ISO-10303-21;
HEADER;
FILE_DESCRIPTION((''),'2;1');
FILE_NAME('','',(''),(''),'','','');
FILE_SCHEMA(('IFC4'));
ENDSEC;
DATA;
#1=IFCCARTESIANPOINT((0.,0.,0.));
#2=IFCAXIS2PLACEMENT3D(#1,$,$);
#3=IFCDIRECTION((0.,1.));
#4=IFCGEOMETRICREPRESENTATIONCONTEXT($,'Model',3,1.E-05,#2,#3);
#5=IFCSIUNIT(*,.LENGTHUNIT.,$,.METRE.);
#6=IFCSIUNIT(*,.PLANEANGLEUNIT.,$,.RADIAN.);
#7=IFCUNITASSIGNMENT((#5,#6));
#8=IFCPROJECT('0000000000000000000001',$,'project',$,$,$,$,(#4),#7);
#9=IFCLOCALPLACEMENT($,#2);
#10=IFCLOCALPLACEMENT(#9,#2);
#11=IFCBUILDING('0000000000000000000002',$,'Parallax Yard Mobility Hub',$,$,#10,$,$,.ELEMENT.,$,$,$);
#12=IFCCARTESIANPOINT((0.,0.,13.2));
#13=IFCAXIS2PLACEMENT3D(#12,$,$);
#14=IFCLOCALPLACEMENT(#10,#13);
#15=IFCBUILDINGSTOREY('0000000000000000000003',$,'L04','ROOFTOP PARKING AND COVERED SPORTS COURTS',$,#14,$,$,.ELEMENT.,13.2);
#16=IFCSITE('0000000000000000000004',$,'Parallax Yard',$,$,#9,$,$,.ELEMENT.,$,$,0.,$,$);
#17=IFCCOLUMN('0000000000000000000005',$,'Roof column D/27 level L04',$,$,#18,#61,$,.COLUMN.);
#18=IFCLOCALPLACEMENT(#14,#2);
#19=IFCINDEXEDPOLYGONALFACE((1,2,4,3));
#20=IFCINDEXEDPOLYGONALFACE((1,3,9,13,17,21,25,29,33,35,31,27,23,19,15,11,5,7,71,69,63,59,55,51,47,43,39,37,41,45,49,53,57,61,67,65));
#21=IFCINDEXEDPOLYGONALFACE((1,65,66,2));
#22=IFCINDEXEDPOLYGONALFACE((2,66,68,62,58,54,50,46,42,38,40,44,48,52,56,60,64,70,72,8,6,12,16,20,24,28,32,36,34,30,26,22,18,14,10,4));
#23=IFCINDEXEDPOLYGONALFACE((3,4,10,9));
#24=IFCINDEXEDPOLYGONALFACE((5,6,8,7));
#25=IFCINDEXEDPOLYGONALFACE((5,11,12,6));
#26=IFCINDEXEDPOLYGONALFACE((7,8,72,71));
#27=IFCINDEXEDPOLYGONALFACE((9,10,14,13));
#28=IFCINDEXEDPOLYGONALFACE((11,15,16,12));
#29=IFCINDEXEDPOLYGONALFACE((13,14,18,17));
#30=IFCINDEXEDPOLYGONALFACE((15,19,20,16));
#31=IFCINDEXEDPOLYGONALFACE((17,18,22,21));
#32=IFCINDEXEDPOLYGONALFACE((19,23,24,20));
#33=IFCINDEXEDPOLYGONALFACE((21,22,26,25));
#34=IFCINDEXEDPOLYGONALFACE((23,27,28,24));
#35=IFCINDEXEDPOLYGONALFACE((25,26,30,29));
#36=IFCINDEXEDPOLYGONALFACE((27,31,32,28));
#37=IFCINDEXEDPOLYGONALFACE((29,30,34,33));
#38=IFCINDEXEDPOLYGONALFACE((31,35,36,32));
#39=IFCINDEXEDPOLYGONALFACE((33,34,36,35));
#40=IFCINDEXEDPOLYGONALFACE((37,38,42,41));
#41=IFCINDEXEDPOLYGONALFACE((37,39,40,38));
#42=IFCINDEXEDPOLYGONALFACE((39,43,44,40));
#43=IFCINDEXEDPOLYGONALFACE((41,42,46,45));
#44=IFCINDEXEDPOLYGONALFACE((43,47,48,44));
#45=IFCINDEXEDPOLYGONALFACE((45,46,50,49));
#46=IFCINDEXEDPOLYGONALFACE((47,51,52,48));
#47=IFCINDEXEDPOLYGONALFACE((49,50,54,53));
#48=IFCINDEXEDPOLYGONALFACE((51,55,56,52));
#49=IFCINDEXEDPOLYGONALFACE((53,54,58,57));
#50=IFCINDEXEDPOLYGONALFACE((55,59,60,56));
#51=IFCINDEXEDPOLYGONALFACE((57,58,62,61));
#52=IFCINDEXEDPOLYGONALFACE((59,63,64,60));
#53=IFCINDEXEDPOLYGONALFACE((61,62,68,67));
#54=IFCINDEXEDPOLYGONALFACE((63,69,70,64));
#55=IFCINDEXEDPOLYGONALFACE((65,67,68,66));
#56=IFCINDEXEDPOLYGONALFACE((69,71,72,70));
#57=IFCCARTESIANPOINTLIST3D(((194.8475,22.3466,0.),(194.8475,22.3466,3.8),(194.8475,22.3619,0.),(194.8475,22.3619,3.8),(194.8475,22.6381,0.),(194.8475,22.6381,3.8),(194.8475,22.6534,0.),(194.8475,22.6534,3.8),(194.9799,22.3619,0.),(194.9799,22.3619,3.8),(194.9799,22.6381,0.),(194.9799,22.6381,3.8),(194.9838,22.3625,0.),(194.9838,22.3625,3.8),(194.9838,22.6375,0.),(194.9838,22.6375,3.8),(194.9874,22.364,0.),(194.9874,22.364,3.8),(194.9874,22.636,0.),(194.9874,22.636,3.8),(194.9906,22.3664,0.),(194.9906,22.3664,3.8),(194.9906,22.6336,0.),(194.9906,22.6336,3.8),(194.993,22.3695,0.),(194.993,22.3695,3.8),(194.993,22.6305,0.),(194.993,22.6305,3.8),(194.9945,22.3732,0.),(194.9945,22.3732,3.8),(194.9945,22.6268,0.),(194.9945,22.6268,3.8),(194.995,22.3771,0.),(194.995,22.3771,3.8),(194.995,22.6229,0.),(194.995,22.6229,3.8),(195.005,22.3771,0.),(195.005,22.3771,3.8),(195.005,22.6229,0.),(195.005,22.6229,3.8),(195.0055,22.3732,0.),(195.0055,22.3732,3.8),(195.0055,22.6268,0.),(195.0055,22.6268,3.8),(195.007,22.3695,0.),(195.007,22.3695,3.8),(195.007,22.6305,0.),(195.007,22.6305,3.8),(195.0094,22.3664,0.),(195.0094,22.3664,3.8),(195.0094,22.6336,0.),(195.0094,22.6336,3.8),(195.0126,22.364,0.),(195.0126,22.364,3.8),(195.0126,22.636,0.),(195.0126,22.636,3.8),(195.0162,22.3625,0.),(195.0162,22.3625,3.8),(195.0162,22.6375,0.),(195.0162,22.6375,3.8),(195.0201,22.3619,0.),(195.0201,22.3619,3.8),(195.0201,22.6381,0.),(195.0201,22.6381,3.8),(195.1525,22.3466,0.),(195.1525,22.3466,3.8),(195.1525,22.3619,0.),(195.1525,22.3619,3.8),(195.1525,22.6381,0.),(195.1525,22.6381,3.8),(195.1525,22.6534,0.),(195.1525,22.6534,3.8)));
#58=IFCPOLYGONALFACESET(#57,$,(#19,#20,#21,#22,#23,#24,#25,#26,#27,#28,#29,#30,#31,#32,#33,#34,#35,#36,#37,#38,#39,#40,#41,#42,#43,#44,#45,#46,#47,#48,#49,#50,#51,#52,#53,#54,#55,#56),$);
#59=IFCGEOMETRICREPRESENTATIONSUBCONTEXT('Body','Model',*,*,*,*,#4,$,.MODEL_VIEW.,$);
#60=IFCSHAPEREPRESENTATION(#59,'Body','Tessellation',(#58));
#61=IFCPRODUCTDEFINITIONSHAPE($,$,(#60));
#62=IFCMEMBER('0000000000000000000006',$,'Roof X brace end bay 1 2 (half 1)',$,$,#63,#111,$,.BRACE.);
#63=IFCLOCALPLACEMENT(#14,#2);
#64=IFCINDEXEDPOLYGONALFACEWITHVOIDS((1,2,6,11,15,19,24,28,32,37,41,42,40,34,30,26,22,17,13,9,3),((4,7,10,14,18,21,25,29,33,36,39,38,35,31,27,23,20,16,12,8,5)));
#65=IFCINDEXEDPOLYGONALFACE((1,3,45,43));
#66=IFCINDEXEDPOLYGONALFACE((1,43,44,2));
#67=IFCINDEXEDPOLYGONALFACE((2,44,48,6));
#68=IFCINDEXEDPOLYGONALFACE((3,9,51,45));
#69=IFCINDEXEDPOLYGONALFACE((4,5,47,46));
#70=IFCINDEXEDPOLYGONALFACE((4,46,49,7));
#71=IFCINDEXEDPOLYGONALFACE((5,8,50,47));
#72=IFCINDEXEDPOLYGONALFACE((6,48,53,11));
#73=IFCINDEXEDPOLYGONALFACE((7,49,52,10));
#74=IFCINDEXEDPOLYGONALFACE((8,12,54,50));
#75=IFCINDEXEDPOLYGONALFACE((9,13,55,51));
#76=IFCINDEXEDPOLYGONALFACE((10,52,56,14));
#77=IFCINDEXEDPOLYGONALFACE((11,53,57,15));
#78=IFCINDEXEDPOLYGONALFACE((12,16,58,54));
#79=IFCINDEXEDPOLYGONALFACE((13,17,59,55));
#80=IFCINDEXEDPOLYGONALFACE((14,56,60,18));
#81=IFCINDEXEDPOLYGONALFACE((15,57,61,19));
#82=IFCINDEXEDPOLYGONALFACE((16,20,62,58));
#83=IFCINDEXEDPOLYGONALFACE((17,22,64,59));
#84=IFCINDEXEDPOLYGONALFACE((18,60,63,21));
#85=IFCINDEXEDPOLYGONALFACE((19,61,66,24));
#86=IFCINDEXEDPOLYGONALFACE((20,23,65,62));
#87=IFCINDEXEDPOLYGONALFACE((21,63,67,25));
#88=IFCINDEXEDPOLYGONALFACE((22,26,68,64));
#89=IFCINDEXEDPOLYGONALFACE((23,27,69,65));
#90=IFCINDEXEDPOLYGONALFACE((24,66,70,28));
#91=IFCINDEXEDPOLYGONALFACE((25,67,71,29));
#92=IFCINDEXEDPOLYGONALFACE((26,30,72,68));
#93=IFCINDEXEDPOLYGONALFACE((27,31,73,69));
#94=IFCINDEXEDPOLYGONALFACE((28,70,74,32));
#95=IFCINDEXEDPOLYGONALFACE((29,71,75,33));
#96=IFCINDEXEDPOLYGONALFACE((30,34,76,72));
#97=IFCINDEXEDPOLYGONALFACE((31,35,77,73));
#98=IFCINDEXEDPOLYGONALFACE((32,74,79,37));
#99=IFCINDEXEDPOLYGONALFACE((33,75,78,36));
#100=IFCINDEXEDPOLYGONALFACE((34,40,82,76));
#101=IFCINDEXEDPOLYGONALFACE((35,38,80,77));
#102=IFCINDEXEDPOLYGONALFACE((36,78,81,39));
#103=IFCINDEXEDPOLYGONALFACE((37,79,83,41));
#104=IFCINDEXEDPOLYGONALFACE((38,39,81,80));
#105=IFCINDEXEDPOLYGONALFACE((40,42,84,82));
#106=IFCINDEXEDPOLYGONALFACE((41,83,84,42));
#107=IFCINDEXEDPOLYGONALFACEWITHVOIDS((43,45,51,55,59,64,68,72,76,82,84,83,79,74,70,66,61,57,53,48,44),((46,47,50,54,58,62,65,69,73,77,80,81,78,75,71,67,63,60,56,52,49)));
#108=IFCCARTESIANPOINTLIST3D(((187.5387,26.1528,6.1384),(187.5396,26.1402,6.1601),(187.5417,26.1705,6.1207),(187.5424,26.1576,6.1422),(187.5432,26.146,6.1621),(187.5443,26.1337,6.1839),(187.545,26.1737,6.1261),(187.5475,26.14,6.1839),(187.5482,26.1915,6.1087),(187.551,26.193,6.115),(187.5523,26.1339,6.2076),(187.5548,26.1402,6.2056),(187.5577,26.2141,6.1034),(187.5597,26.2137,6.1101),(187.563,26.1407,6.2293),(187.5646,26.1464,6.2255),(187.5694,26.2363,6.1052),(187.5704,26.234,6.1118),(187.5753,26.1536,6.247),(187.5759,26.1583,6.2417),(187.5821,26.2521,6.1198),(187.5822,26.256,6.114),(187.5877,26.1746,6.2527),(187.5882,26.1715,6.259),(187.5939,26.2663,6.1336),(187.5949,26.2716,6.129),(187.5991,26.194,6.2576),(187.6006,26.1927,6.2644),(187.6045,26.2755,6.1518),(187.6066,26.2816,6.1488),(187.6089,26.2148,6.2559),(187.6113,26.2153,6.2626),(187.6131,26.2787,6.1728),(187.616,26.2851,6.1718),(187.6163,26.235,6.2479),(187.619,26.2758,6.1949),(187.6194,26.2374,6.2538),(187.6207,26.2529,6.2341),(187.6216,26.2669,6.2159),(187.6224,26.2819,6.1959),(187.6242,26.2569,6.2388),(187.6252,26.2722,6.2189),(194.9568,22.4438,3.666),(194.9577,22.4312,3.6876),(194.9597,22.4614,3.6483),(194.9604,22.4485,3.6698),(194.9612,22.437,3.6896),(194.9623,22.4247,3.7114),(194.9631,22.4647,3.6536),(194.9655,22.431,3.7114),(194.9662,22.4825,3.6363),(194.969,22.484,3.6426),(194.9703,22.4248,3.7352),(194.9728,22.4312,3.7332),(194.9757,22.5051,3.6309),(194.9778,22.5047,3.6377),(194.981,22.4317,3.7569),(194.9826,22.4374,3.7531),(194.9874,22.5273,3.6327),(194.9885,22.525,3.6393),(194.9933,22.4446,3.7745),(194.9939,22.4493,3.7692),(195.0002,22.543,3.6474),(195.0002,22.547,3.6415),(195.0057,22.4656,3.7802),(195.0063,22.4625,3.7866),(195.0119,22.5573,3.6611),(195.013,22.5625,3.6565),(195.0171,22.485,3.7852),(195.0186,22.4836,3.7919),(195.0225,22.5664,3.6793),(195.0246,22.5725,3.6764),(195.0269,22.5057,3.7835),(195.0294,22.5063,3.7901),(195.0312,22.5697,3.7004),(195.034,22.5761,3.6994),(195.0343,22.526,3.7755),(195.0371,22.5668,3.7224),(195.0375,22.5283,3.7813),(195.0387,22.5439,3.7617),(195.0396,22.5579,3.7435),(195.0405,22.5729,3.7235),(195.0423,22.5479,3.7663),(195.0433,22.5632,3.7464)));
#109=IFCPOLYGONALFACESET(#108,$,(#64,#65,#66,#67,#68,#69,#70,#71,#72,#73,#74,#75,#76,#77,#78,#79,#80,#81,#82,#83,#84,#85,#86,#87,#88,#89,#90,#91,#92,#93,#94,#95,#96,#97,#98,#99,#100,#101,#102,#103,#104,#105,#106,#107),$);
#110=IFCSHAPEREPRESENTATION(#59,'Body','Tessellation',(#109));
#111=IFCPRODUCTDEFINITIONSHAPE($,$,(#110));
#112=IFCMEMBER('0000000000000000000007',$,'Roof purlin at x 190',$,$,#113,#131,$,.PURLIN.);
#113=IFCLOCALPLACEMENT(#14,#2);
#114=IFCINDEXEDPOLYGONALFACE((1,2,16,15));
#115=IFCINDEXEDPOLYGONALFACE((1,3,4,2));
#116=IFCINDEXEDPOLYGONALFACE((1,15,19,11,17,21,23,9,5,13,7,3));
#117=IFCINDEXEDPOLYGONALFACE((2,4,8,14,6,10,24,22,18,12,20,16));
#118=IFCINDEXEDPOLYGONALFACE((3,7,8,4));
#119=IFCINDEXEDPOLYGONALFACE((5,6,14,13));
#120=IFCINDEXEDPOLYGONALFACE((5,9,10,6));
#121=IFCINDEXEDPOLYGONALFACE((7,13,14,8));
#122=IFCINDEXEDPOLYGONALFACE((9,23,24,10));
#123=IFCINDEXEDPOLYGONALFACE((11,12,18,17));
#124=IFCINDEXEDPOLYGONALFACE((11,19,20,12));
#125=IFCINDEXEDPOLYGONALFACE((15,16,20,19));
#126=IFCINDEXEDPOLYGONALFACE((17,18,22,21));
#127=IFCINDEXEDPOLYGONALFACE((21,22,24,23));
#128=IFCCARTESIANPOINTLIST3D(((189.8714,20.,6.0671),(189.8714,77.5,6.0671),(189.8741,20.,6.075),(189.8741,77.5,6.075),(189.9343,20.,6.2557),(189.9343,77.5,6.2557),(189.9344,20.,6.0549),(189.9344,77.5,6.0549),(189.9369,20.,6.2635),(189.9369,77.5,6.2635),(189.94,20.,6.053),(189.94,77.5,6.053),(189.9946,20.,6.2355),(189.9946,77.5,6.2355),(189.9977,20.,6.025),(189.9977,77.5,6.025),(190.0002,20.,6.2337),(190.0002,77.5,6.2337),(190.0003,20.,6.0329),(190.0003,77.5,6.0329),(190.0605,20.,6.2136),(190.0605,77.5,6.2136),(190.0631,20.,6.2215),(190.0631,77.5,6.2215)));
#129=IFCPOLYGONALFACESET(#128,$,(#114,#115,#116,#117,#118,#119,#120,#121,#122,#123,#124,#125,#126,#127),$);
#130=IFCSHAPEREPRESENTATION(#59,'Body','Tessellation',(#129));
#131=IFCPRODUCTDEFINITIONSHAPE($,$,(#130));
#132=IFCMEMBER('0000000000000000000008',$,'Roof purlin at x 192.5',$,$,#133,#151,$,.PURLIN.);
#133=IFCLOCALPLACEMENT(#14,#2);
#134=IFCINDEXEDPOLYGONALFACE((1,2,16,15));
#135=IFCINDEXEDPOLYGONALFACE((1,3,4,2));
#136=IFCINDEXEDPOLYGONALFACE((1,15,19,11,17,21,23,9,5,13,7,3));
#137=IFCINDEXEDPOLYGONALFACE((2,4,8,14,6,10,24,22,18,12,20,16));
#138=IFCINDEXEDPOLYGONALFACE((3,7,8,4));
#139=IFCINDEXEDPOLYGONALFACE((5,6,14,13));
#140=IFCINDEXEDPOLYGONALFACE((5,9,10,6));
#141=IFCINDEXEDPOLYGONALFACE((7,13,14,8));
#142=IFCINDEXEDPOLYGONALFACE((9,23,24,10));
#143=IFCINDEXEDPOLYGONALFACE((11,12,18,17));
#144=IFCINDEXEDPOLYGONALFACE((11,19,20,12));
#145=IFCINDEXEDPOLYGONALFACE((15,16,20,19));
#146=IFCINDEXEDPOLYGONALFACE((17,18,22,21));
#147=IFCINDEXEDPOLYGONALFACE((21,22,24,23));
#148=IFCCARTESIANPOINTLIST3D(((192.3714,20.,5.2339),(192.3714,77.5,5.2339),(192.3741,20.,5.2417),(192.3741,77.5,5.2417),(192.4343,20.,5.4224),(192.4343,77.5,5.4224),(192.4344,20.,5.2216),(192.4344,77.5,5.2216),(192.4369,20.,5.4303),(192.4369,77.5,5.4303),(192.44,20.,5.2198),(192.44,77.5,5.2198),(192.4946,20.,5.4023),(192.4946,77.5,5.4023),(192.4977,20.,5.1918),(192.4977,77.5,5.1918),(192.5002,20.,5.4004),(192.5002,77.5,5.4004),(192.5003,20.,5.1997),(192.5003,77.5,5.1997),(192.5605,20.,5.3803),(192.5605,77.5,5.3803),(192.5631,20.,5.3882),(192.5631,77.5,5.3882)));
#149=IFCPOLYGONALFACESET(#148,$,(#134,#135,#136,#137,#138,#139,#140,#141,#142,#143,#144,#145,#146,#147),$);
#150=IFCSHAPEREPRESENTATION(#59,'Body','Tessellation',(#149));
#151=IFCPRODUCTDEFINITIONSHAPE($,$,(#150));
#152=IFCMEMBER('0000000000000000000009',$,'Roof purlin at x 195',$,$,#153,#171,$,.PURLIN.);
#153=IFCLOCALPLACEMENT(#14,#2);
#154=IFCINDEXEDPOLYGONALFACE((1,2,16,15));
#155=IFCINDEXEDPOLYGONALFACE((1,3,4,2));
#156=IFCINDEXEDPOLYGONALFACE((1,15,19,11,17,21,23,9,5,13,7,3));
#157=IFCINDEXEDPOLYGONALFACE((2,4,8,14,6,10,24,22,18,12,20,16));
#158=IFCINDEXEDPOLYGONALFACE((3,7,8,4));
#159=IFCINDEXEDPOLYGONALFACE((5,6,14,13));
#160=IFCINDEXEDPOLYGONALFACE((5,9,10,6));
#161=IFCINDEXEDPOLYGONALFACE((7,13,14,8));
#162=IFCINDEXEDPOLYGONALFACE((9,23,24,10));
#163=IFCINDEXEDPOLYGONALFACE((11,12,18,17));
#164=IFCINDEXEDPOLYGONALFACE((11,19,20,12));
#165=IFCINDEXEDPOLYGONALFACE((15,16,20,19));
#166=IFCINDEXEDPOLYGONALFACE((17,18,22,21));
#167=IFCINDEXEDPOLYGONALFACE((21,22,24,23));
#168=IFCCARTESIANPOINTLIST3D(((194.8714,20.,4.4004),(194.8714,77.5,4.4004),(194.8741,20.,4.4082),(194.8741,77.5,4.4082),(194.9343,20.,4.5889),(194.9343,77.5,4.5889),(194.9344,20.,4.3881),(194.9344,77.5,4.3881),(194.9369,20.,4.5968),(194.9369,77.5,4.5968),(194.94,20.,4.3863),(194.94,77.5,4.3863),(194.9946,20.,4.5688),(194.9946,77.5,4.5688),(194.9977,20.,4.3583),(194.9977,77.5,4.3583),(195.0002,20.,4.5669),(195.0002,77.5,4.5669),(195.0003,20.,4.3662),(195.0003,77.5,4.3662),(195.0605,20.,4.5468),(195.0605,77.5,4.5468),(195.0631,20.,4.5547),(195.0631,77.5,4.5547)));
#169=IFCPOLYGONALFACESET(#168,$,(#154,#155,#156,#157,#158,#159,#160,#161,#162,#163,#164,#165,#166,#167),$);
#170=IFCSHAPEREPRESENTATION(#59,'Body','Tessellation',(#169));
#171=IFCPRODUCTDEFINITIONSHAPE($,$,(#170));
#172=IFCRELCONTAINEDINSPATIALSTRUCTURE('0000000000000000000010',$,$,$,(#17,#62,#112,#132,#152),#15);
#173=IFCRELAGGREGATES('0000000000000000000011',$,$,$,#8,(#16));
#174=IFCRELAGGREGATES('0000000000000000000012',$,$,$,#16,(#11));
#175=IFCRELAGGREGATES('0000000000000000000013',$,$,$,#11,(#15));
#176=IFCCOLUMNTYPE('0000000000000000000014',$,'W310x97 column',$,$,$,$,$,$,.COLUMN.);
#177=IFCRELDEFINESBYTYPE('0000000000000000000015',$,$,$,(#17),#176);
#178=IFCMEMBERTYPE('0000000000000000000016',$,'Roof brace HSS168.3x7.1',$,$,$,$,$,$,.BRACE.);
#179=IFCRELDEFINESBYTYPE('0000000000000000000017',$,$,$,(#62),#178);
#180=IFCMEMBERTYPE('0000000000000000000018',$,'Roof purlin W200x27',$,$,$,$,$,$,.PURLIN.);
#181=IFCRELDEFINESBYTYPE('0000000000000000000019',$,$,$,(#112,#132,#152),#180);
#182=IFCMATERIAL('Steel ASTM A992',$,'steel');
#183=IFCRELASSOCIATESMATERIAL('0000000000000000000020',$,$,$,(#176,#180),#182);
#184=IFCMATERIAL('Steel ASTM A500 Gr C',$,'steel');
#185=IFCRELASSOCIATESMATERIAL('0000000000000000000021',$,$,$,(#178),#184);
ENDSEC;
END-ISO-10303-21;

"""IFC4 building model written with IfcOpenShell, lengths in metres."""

from ifc_helpers import new_model, si_unit, direction, frame, origin, origin_2d, place, context, subcontext, project, spatial, hollow_circle, i_section, extrude, material, material_profile, profile_set, type_object, element, save


model = new_model("IFC4")

# Units and contexts
model_context = context("Model", 3, precision=1e-05, world=origin(), true_north=direction((0.0, 1.0)))
body_context = subcontext(model_context, "Body", "Model", "MODEL_VIEW")
ifc_project = project(units=[si_unit("LENGTHUNIT", "METRE"), si_unit("PLANEANGLEUNIT", "RADIAN")], contexts=[model_context])

# Site, building, storey
site_placement = place(None, origin())
site = spatial("IfcSite", under=ifc_project, at=site_placement, Name="Parallax Yard", CompositionType="ELEMENT", RefElevation=0.0)
building_placement = place(site_placement, origin())
building = spatial("IfcBuilding", under=site, at=building_placement, Name="Parallax Yard Mobility Hub", CompositionType="ELEMENT")
storey_placement = place(building_placement, frame((0.0, 0.0, 13.2)))
storey = spatial("IfcBuildingStorey", under=building, at=storey_placement, Name="L04", Description="ROOFTOP PARKING AND COVERED SPORTS COURTS", CompositionType="ELEMENT", Elevation=13.2)

# Column
ifc_material_1 = material(Name="Steel ASTM A992", Category="steel")
ifc_material_profile_1 = material_profile(ifc_material_1, i_section(OverallWidth=0.3049, OverallDepth=0.3069, WebThickness=0.01, FlangeThickness=0.0154, FilletRadius=0.0151, at=origin_2d()), Name="W310x97")
ifc_profile_set_1 = profile_set([ifc_material_profile_1], Name="Steel ASTM A992")
column_type = type_object("IfcColumnType", Name="W310x97 column", PredefinedType="COLUMN", material=ifc_profile_set_1)
column_placement = place(storey_placement, frame((195.0, 22.5, 0.0), z_axis=(0.0, 0.0, 1.0), x_axis=(1.0, 0.0, 0.0)))
element("IfcColumn", 1, at=column_placement, inside=storey, type_object=column_type, Name="Roof column D/27 level L04", PredefinedType="COLUMN", context=body_context, shape_type="SweptSolid", body=[
    extrude(i_section(OverallWidth=0.3049, OverallDepth=0.3069, WebThickness=0.01, FlangeThickness=0.0154, FilletRadius=0.0151, at=origin_2d()), origin(), (0.0, 0.0, 1.0), 3.8),
])

# Members
ifc_material_2 = material(Name="Steel ASTM A500 Gr C", Category="steel")
ifc_material_profile_2 = material_profile(ifc_material_2, hollow_circle(Radius=0.0842, WallThickness=0.0071, at=origin_2d()), Name="HSS168.3x7.1")
ifc_profile_set_2 = profile_set([ifc_material_profile_2], Name="Steel ASTM A500 Gr C")
member_type_1 = type_object("IfcMemberType", Name="Roof brace HSS168.3x7.1", PredefinedType="BRACE", material=ifc_profile_set_2)
member_placement = place(storey_placement, frame((195.0, 22.5, 3.7114), z_axis=(-0.85715, 0.428575, 0.285688), x_axis=(-0.447214, -0.894427, 0.0)))
element("IfcMember", 2, at=member_placement, inside=storey, type_object=member_type_1, Name="Roof X brace end bay 1 2 (half 1)", PredefinedType="BRACE", context=body_context, shape_type="SweptSolid", body=[
    extrude(hollow_circle(Radius=0.0842, WallThickness=0.0071, at=origin_2d()), origin(), (0.0, 0.0, 1.0), 8.6543),
])
ifc_material_profile_3 = material_profile(ifc_material_1, i_section(OverallWidth=0.1331, OverallDepth=0.207, WebThickness=0.0059, FlangeThickness=0.0083, at=origin_2d()), Name="W200x27")
ifc_profile_set_3 = profile_set([ifc_material_profile_3], Name="Steel ASTM A992")
member_type_2 = type_object("IfcMemberType", Name="Roof purlin W200x27", PredefinedType="PURLIN", material=ifc_profile_set_3)
for number, where, z_axis, x_axis, name in (
    (3, (189.9673, 20.0, 6.1443), (0.0, 1.0, 0.0), (-0.948684, 0.0, 0.316227), "Roof purlin at x 190"),
    (4, (192.4673, 20.0, 5.311), (0.0, 1.0, 0.0), (-0.948684, 0.0, 0.316227), "Roof purlin at x 192.5"),
    (5, (194.9673, 20.0, 4.4775), (0.0, 1.0, 0.0), (-0.948684, 0.0, 0.316227), "Roof purlin at x 195"),
):
    element("IfcMember", number, at=place(storey_placement, frame(where, z_axis=z_axis, x_axis=x_axis)), inside=storey, type_object=member_type_2, Name=name, PredefinedType="PURLIN", context=body_context, shape_type="SweptSolid", body=[
        extrude(i_section(OverallWidth=0.1331, OverallDepth=0.207, WebThickness=0.0059, FlangeThickness=0.0083, at=origin_2d()), origin(), (0.0, 0.0, 1.0), 57.5),
    ])

save(model, "model.ifc")
